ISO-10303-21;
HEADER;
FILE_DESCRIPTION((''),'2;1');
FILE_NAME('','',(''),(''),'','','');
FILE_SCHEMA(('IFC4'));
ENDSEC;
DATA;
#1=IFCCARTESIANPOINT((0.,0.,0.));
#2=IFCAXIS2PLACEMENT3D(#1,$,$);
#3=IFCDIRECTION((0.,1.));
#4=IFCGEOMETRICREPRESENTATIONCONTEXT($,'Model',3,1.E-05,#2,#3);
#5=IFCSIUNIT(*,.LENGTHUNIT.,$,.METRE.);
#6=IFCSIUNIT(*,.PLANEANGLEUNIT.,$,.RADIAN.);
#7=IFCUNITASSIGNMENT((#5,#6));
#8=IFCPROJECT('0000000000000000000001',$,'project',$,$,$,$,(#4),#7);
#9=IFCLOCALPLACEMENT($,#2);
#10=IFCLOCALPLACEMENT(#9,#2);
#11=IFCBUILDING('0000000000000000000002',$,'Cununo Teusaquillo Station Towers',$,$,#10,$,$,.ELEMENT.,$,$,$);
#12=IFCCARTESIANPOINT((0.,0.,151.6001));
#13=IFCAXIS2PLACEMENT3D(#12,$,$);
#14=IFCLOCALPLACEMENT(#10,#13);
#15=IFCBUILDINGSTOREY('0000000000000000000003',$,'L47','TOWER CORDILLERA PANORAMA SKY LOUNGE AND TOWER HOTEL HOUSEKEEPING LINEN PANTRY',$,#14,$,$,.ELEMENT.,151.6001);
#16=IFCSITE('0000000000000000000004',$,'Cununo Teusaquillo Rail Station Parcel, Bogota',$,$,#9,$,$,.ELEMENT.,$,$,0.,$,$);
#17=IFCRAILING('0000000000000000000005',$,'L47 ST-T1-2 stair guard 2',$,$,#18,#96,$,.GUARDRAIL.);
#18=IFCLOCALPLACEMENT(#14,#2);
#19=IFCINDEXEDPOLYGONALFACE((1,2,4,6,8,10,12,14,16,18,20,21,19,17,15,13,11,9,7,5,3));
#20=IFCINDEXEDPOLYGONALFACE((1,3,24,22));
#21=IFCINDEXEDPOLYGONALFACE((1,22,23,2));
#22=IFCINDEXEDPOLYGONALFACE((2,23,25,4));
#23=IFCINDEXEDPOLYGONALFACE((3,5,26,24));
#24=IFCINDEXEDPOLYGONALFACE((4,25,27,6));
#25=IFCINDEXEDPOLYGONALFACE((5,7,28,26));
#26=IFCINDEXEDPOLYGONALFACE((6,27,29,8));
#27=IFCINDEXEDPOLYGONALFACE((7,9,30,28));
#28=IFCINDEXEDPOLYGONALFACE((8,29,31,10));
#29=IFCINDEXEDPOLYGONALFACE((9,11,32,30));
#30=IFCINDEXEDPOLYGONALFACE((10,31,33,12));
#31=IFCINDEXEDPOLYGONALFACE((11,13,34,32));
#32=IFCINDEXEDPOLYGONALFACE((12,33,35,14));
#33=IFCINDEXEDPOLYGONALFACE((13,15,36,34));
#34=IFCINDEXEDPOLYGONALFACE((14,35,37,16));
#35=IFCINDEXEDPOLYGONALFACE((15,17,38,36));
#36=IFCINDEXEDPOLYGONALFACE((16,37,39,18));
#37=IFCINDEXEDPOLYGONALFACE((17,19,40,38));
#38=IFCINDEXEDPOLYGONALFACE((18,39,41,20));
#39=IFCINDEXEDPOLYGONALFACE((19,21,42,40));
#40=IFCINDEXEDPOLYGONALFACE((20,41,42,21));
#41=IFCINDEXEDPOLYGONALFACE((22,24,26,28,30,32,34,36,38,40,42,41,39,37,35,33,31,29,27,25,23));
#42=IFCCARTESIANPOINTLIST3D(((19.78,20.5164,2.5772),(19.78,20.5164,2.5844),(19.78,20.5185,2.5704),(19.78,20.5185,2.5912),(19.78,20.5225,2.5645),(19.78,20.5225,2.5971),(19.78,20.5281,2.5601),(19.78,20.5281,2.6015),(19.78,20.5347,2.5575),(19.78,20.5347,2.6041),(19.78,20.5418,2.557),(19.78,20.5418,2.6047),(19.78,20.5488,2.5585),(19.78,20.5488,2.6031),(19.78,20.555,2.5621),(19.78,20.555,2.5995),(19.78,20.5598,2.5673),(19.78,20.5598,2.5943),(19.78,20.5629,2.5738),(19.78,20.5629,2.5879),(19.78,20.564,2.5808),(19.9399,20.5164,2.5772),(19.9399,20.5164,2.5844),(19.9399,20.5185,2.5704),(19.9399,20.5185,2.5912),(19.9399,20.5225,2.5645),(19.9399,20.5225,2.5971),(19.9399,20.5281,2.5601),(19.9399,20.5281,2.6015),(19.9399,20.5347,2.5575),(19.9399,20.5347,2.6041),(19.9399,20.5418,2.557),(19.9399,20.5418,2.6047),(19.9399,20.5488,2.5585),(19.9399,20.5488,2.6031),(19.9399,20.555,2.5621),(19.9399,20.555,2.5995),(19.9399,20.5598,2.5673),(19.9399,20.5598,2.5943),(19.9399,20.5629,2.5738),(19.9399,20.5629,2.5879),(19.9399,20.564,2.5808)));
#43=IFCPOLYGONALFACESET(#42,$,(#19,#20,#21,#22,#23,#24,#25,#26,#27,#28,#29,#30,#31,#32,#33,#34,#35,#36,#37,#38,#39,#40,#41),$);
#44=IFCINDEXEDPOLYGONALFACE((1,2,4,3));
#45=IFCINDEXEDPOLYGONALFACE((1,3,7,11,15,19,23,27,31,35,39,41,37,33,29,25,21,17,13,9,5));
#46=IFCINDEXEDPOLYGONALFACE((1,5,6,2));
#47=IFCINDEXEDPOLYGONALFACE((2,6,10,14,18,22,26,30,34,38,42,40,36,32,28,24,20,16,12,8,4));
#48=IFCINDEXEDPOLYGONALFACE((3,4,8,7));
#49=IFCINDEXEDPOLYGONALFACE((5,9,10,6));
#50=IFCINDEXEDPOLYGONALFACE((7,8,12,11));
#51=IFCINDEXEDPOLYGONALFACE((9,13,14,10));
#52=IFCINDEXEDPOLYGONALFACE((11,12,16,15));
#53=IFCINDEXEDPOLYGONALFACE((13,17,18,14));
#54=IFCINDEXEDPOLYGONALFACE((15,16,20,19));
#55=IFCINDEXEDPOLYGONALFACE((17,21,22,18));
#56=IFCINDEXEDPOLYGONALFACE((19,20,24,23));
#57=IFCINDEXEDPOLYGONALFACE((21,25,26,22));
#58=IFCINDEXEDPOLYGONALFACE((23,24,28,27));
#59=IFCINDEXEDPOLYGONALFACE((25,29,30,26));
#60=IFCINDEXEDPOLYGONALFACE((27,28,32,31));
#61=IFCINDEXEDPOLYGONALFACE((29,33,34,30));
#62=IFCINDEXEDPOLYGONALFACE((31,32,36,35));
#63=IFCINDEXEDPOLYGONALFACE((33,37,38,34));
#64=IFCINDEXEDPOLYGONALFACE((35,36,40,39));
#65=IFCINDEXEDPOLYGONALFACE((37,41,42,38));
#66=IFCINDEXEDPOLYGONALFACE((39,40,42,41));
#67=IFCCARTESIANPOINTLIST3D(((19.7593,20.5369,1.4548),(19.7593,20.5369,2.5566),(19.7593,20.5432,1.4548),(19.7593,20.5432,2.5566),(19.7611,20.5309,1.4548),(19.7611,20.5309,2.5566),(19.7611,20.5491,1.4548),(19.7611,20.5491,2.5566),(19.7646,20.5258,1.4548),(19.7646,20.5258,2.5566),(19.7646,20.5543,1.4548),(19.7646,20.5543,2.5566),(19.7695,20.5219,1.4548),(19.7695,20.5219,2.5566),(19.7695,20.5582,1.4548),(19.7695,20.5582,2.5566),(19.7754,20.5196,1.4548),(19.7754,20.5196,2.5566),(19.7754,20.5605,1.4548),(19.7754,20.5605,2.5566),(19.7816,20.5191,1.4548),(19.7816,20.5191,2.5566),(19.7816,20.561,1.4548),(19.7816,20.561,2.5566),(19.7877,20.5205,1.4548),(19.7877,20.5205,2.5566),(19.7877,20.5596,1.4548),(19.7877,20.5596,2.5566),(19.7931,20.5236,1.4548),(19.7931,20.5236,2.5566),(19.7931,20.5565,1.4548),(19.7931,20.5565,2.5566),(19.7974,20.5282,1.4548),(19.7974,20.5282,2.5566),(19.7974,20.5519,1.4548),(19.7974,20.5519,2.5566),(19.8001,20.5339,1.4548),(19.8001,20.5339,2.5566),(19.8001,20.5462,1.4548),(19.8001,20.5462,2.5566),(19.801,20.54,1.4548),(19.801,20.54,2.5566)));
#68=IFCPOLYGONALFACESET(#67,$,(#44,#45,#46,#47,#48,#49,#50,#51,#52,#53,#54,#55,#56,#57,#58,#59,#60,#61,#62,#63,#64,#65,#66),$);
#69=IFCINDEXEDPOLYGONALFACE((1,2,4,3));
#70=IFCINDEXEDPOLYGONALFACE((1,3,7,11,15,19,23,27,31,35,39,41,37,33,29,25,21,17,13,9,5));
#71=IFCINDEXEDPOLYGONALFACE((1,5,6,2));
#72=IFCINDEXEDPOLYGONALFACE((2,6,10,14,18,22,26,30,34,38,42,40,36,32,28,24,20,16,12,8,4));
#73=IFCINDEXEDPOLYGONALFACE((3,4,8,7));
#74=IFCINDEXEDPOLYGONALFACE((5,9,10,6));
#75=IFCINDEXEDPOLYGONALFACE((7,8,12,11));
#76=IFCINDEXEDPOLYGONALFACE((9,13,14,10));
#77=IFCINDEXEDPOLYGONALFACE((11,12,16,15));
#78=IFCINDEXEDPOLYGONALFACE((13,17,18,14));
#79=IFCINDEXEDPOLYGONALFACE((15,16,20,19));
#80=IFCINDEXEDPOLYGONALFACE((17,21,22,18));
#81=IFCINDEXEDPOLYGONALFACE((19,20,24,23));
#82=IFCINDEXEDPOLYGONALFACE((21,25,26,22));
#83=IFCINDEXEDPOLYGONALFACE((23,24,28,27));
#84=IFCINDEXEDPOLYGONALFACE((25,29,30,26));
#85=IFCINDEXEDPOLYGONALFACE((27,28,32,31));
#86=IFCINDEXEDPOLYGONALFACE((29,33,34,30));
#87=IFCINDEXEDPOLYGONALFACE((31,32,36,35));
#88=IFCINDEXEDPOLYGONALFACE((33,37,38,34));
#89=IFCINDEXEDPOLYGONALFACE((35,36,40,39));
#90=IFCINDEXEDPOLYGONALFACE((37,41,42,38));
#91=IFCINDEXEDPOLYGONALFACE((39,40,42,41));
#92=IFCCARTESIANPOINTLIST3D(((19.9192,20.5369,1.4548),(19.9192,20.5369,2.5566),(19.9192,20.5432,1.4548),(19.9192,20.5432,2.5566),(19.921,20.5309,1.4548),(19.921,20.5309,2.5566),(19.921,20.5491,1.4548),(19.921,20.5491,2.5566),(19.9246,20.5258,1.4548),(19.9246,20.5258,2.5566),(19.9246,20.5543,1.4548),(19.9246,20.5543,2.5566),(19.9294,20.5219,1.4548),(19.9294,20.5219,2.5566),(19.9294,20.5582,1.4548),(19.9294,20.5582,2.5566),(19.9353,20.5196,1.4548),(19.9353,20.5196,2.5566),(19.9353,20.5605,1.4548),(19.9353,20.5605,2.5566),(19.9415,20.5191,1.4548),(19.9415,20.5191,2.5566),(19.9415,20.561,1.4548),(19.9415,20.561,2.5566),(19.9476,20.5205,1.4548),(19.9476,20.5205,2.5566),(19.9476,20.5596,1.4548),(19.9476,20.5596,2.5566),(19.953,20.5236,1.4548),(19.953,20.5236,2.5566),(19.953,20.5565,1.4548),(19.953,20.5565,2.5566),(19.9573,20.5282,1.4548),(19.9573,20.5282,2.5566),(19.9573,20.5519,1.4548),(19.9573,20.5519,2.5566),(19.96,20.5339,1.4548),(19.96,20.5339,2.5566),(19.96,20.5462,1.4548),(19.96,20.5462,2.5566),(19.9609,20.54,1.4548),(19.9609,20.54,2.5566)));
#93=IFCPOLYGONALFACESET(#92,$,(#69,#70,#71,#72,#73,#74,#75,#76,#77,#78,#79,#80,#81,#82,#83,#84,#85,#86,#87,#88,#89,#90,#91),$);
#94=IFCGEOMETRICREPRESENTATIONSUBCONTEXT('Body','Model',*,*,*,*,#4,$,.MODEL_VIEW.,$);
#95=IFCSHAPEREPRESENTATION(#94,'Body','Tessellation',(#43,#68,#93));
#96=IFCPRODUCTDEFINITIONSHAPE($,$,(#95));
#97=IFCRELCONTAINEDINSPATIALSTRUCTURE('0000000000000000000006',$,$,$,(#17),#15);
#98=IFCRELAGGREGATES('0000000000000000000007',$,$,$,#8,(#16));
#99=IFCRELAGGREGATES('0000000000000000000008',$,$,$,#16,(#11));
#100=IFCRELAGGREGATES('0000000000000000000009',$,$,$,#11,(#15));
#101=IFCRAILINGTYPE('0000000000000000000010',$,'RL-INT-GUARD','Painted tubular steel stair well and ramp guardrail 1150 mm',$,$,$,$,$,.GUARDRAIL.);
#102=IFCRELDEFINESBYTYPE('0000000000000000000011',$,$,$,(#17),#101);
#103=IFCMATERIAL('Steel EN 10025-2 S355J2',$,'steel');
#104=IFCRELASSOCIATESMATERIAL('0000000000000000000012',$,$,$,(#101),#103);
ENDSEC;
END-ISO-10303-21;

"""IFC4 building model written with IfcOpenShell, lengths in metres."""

from ifc_helpers import new_model, si_unit, direction, frame, origin, origin_2d, place, context, subcontext, project, spatial, circle, extrude, material, type_object, element, save


model = new_model("IFC4")

# Units and contexts
model_context = context("Model", 3, precision=1e-05, world=origin(), true_north=direction((0.0, 1.0)))
body_context = subcontext(model_context, "Body", "Model", "MODEL_VIEW")
ifc_project = project(units=[si_unit("LENGTHUNIT", "METRE"), si_unit("PLANEANGLEUNIT", "RADIAN")], contexts=[model_context])

# Site, building, storey
site_placement = place(None, origin())
site = spatial("IfcSite", under=ifc_project, at=site_placement, Name="Cununo Teusaquillo Rail Station Parcel, Bogota", CompositionType="ELEMENT", RefElevation=0.0)
building_placement = place(site_placement, origin())
building = spatial("IfcBuilding", under=site, at=building_placement, Name="Cununo Teusaquillo Station Towers", CompositionType="ELEMENT")
storey_placement = place(building_placement, frame((0.0, 0.0, 151.6001)))
storey = spatial("IfcBuildingStorey", under=building, at=storey_placement, Name="L47", Description="TOWER CORDILLERA PANORAMA SKY LOUNGE AND TOWER HOTEL HOUSEKEEPING LINEN PANTRY", CompositionType="ELEMENT", Elevation=151.6001)

# Railing
ifc_material_1 = material(Name="Steel EN 10025-2 S355J2", Category="steel")
railing_type_1 = type_object("IfcRailingType", Name="RL-INT-GUARD", Description="Painted tubular steel stair well and ramp guardrail 1150 mm", PredefinedType="GUARDRAIL", material=ifc_material_1)
railing_1_placement = place(storey_placement, frame((19.78, 20.54, 1.4548)))
element("IfcRailing", 1, at=railing_1_placement, inside=storey, type_object=railing_type_1, Name="L47 ST-T1-2 stair guard 2", PredefinedType="GUARDRAIL", context=body_context, shape_type="SweptSolid", body=[
    extrude(circle(Radius=0.0239, at=origin_2d()), frame((0.0, 0.0, 1.126), z_axis=(1.0, 0.0, 0.0), x_axis=(0.0, 1.0, 0.0)), (0.0, 0.0, 1.0), 0.1599),
    extrude(circle(Radius=0.021, at=origin_2d()), origin(), (0.0, 0.0, 1.0), 1.1018),
    extrude(circle(Radius=0.021, at=origin_2d()), frame((0.1599, 0.0, 0.0)), (0.0, 0.0, 1.0), 1.1018),
])

save(model, "model.ifc")
